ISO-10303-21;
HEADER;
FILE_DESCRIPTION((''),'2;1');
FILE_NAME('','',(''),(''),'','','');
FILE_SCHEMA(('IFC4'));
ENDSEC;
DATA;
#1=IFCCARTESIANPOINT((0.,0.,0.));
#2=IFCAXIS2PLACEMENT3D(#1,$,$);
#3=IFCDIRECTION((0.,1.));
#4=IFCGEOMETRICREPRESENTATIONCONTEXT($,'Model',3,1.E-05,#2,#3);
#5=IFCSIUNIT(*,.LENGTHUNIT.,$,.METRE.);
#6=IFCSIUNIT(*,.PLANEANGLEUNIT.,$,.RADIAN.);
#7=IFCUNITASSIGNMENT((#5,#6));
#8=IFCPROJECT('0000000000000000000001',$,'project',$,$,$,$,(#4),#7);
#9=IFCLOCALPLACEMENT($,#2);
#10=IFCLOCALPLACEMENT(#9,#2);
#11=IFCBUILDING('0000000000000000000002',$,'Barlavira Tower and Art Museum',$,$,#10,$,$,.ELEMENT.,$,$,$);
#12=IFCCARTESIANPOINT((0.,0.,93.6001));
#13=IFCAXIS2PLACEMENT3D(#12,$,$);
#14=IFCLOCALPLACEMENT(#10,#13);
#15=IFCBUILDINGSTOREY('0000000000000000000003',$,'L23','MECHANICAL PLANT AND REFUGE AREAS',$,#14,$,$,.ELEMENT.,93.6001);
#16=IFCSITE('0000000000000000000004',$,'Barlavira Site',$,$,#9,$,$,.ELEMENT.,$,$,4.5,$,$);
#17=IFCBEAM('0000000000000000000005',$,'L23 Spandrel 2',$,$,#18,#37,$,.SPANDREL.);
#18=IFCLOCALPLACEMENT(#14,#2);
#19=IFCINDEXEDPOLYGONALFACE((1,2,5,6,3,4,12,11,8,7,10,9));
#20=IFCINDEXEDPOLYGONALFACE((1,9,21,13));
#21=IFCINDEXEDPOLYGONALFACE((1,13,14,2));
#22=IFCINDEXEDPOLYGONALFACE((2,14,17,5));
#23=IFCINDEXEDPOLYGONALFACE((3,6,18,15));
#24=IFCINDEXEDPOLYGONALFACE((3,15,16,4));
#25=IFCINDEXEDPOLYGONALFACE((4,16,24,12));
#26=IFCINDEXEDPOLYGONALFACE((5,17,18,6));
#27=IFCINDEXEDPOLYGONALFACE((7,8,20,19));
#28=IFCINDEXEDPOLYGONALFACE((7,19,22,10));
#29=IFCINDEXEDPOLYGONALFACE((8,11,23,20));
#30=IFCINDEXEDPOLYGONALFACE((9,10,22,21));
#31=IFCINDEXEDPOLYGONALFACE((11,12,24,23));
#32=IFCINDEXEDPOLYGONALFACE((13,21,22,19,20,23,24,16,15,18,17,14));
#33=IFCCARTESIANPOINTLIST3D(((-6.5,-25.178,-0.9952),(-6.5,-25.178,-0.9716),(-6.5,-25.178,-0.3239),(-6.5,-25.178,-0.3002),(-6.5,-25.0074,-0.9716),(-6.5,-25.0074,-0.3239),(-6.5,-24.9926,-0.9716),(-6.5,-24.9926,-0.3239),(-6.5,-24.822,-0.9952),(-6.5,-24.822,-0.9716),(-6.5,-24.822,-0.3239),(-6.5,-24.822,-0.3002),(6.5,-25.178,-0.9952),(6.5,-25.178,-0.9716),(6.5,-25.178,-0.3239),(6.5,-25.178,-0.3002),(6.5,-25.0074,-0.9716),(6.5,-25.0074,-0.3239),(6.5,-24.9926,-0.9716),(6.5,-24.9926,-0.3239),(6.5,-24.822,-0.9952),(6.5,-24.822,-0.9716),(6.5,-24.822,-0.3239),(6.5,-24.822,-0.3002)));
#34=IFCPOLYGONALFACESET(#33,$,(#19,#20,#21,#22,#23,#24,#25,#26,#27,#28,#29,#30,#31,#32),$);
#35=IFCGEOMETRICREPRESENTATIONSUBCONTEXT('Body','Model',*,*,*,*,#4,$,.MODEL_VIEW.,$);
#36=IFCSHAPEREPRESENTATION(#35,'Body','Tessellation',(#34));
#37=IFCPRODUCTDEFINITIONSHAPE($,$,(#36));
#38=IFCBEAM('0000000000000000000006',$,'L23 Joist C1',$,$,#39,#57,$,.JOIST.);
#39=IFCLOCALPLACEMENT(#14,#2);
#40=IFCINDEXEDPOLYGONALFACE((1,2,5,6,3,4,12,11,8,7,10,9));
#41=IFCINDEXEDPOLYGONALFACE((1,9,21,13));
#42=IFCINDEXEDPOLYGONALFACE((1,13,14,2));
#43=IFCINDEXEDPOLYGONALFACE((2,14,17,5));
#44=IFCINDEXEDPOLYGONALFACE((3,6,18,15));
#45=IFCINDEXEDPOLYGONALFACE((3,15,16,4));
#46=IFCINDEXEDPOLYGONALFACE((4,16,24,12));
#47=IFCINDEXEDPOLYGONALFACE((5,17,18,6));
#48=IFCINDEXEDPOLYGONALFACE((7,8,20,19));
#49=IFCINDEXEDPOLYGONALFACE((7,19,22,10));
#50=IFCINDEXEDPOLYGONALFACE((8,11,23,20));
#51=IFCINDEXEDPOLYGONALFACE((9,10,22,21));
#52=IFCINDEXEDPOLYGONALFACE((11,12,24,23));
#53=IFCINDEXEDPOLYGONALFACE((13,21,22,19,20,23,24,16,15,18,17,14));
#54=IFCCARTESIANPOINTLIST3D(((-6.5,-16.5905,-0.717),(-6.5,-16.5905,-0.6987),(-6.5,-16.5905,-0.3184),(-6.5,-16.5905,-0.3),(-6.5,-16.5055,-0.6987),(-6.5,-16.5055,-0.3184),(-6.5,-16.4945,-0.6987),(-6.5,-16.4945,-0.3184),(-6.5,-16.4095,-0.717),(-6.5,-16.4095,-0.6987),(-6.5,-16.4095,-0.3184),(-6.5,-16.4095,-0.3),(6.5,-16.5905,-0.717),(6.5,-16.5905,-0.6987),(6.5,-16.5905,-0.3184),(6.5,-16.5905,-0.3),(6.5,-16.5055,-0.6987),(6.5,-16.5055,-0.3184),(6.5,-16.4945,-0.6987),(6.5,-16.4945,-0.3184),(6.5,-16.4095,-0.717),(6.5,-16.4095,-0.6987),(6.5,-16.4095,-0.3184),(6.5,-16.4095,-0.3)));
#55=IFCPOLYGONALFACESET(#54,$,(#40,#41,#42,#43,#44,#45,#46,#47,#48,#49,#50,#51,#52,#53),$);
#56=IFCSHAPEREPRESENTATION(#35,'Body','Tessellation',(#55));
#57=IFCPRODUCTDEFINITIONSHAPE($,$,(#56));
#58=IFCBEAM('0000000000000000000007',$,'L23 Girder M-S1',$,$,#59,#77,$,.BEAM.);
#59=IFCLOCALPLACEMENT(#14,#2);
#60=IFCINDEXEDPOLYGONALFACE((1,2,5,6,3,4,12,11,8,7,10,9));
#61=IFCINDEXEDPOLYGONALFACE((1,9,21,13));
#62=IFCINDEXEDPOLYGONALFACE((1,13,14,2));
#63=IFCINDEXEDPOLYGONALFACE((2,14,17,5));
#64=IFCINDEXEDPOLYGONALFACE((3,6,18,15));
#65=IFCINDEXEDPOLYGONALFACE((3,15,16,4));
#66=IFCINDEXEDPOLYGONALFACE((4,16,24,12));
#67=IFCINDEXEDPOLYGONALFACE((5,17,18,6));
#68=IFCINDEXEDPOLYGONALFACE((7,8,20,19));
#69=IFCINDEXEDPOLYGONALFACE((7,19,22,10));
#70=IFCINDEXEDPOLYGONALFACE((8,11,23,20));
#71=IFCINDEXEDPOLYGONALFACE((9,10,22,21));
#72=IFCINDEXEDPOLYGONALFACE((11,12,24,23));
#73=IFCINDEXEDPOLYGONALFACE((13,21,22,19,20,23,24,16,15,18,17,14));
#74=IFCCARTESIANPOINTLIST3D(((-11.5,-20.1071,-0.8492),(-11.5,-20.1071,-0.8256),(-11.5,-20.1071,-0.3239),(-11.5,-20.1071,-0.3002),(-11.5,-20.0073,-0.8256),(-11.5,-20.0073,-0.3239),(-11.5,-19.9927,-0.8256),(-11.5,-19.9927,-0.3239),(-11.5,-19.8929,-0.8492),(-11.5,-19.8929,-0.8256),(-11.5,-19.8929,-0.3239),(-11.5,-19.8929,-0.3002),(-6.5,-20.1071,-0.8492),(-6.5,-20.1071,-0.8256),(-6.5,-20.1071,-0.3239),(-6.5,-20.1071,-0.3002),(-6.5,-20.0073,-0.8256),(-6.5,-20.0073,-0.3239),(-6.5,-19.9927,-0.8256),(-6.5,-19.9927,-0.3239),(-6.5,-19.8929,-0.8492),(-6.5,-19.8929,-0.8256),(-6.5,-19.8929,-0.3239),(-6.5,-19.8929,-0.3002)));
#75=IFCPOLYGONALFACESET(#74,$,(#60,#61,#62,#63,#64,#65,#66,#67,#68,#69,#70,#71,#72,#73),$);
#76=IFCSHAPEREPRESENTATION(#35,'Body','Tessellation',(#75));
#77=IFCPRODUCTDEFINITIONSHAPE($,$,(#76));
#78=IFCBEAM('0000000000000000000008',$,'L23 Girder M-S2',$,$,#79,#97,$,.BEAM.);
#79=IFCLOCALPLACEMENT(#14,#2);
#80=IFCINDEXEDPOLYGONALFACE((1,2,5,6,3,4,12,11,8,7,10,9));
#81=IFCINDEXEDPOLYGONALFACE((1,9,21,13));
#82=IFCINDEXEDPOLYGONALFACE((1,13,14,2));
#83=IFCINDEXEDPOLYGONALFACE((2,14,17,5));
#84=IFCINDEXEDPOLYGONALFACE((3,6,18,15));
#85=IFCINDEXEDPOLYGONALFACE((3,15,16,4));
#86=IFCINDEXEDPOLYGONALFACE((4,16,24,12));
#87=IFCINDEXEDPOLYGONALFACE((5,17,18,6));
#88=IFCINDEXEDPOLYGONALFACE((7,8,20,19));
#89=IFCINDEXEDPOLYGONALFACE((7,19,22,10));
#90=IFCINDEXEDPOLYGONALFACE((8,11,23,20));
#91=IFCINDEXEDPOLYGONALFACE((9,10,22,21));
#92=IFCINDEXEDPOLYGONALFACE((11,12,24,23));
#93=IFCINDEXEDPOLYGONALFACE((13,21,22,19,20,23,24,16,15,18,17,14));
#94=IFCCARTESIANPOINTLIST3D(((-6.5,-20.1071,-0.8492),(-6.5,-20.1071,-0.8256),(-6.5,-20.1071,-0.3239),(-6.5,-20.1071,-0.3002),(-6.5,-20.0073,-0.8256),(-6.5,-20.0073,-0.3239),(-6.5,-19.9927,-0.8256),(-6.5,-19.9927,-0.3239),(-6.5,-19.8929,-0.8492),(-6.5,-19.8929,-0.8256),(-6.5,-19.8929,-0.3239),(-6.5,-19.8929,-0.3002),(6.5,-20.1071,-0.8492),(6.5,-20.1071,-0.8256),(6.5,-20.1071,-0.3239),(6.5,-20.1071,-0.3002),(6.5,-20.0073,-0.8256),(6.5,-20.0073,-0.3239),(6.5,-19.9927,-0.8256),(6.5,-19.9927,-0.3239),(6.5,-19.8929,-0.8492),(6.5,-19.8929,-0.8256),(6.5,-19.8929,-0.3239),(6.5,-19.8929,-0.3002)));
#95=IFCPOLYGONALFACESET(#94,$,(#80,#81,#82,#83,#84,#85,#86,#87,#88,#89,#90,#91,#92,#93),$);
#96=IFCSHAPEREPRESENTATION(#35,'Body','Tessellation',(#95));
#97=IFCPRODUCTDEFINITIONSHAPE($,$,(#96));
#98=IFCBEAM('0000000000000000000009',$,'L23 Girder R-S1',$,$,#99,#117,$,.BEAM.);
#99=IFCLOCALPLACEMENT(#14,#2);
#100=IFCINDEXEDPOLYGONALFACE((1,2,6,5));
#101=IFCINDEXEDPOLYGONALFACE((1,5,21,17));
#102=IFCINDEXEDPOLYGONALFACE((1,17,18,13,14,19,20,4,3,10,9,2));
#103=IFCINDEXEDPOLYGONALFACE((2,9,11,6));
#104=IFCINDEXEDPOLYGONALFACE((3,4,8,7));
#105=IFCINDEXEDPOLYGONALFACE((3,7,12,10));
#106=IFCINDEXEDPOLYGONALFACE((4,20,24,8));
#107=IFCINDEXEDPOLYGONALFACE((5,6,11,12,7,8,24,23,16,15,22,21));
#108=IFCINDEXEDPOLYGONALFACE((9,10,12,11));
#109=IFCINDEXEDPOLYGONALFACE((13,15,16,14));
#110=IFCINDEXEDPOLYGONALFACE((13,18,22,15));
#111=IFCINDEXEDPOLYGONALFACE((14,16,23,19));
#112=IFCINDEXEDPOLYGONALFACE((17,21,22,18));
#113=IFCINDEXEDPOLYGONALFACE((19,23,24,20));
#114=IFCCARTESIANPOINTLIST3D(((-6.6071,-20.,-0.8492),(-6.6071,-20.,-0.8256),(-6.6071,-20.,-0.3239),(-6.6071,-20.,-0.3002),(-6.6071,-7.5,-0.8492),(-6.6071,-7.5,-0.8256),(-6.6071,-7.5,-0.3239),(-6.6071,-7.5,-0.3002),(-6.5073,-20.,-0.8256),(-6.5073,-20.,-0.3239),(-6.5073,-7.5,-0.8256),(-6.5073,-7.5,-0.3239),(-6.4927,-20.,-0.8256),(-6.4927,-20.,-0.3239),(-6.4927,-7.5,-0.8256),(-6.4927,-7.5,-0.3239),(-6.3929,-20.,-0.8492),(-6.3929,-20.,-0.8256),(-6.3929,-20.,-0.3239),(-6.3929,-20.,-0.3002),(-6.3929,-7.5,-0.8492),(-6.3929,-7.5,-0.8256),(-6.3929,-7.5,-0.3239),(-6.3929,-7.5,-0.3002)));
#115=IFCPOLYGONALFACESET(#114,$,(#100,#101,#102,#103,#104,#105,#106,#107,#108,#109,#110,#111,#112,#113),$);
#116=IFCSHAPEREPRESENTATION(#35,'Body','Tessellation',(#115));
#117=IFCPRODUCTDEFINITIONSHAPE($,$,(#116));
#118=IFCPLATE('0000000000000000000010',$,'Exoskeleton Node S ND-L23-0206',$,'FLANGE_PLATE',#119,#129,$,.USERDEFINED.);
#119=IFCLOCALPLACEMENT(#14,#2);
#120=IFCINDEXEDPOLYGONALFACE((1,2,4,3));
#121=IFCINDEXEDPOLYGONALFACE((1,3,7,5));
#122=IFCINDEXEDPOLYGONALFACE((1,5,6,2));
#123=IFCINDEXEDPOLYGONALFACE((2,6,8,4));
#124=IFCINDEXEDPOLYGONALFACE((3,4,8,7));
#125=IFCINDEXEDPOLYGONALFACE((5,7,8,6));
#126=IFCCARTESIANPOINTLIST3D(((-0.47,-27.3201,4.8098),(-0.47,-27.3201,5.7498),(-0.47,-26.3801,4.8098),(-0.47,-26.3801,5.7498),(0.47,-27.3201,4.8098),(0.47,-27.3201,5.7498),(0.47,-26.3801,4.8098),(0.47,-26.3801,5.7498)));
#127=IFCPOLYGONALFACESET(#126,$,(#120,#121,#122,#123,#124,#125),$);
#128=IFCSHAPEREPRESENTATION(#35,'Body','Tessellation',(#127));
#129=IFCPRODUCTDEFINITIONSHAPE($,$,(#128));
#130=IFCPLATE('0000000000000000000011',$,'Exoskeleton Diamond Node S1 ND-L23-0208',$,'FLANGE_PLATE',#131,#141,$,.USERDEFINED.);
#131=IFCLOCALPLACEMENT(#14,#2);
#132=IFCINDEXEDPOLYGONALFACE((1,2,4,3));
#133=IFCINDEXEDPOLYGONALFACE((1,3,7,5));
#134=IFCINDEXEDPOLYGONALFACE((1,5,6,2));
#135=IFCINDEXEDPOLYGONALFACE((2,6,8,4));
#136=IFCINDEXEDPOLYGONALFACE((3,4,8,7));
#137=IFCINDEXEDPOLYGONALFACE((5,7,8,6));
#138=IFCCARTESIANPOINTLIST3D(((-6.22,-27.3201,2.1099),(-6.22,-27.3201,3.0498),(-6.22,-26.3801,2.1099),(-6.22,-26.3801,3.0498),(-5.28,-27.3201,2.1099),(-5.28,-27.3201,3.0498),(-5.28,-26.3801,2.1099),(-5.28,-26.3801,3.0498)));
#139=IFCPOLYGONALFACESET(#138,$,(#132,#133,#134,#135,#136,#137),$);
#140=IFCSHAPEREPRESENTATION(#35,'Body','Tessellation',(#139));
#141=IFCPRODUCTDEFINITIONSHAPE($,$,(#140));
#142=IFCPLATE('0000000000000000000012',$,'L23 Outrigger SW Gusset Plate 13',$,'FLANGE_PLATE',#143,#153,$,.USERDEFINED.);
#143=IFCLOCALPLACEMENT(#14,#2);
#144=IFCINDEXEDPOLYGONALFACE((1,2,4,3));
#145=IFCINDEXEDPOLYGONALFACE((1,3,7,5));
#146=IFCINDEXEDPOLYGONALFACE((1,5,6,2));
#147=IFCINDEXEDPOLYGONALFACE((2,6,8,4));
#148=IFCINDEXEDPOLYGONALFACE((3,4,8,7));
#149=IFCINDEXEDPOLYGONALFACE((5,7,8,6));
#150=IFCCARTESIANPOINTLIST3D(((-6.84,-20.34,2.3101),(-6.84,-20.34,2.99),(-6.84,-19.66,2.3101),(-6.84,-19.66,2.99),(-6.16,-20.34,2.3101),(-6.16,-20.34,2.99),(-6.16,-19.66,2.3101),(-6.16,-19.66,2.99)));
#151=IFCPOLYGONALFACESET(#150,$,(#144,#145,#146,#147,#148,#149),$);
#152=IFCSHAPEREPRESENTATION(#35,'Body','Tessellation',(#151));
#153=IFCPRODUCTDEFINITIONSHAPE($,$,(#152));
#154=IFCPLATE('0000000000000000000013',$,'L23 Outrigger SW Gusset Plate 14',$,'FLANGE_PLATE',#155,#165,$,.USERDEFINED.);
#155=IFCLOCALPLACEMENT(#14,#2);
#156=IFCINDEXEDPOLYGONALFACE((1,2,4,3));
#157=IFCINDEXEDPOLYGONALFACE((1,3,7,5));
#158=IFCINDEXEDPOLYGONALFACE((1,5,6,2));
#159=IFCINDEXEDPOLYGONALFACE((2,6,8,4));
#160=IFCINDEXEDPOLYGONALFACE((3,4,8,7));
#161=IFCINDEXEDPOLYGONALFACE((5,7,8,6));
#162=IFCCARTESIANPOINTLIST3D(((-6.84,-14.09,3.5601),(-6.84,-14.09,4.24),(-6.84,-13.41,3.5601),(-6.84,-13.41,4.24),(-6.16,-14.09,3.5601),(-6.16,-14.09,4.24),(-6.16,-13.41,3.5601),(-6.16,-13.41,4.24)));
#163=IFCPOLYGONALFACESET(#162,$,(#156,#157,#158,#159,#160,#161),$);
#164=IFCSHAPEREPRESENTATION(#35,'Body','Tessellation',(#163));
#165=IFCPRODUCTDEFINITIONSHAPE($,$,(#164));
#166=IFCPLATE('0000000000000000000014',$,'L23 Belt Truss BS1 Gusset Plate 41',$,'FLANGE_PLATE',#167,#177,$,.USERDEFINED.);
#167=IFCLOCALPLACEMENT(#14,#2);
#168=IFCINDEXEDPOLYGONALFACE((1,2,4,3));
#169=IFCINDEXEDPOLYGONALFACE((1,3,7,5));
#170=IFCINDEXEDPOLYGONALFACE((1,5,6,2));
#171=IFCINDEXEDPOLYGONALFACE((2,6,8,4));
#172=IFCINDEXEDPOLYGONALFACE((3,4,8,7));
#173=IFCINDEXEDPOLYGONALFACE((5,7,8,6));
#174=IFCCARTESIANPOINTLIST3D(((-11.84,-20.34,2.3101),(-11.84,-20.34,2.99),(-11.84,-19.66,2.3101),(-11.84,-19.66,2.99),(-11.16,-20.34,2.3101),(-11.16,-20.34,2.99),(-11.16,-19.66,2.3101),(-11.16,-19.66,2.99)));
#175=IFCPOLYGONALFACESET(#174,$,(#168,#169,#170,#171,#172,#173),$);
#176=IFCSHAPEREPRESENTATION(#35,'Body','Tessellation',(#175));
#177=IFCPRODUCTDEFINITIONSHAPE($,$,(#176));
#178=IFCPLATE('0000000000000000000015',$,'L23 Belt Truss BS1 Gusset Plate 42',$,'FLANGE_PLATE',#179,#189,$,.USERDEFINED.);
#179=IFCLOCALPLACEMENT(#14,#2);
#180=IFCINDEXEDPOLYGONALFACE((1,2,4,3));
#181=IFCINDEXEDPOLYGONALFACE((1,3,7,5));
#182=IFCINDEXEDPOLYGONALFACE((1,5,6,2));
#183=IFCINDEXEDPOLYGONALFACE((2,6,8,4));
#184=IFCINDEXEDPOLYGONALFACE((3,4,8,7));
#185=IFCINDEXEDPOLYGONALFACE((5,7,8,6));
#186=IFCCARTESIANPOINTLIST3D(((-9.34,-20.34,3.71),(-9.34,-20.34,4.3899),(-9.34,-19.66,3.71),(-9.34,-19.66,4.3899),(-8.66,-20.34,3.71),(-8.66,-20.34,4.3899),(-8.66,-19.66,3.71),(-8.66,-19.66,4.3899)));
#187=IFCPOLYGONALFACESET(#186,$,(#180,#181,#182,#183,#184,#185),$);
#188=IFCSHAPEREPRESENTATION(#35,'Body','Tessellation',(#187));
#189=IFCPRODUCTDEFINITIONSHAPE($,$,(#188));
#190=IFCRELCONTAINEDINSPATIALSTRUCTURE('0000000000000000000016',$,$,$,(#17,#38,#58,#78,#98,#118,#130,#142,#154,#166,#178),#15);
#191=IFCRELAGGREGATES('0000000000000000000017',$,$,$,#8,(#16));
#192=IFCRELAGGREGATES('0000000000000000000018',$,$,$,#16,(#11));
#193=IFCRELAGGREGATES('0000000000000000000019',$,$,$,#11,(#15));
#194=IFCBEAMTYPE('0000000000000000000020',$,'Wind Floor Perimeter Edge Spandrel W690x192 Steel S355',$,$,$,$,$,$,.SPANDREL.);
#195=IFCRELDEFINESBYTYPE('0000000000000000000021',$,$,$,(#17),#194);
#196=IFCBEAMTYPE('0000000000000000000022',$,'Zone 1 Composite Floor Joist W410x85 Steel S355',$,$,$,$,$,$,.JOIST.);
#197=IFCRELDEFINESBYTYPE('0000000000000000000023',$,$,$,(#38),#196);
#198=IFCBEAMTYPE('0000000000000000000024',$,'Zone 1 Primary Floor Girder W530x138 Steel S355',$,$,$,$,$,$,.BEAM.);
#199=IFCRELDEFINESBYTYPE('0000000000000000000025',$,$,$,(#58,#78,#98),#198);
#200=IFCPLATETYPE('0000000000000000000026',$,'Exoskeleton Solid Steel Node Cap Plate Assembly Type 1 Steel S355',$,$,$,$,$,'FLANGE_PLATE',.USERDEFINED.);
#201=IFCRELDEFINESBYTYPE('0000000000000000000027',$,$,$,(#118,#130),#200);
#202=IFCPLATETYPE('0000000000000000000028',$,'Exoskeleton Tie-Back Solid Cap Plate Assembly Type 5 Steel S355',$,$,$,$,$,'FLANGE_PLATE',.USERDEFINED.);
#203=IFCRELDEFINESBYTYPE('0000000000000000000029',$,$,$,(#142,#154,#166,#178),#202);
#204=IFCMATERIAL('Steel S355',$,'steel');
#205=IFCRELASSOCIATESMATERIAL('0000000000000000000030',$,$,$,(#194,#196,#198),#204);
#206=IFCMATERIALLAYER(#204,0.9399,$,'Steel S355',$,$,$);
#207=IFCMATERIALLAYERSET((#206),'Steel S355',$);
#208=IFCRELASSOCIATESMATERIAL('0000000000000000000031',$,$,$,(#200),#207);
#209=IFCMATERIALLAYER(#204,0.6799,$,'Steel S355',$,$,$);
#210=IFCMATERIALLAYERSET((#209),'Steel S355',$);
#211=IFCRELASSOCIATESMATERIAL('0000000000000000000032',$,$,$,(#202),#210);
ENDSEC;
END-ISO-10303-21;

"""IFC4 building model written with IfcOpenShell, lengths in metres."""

from ifc_helpers import new_model, si_unit, direction, frame, origin, origin_2d, place, context, subcontext, project, spatial, rectangle, i_section, extrude, material, layer, layer_set, material_profile, profile_set, type_object, element, save


model = new_model("IFC4")

# Units and contexts
model_context = context("Model", 3, precision=1e-05, world=origin(), true_north=direction((0.0, 1.0)))
body_context = subcontext(model_context, "Body", "Model", "MODEL_VIEW")
ifc_project = project(units=[si_unit("LENGTHUNIT", "METRE"), si_unit("PLANEANGLEUNIT", "RADIAN")], contexts=[model_context])

# Site, building, storey
site_placement = place(None, origin())
site = spatial("IfcSite", under=ifc_project, at=site_placement, Name="Barlavira Site", CompositionType="ELEMENT", RefElevation=4.5)
building_placement = place(site_placement, origin())
building = spatial("IfcBuilding", under=site, at=building_placement, Name="Barlavira Tower and Art Museum", CompositionType="ELEMENT")
storey_placement = place(building_placement, frame((0.0, 0.0, 93.6001)))
storey = spatial("IfcBuildingStorey", under=building, at=storey_placement, Name="L23", Description="MECHANICAL PLANT AND REFUGE AREAS", CompositionType="ELEMENT", Elevation=93.6001)

# Shared definitions
ifc_material_1 = material(Name="Steel S355", Category="steel")

# Beams
ifc_material_profile_1 = material_profile(ifc_material_1, i_section(OverallWidth=0.356, OverallDepth=0.6951, WebThickness=0.0149, FlangeThickness=0.0237, at=origin_2d()), Name="W690x192.0")
ifc_profile_set_1 = profile_set([ifc_material_profile_1], Name="Steel S355")
beam_type_1 = type_object("IfcBeamType", Name="Wind Floor Perimeter Edge Spandrel W690x192 Steel S355", PredefinedType="SPANDREL", material=ifc_profile_set_1)
beam_1_placement = place(storey_placement, frame((-6.5, -25.0, -0.6477), z_axis=(1.0, 0.0, 0.0), x_axis=(0.0, 1.0, 0.0)))
element("IfcBeam", 1, at=beam_1_placement, inside=storey, type_object=beam_type_1, Name="L23 Spandrel 2", PredefinedType="SPANDREL", context=body_context, shape_type="SweptSolid", body=[
    extrude(i_section(OverallWidth=0.356, OverallDepth=0.6951, WebThickness=0.0149, FlangeThickness=0.0237, at=origin_2d()), origin(), (0.0, 0.0, 1.0), 13.0),
])
ifc_material_profile_2 = material_profile(ifc_material_1, i_section(OverallWidth=0.1809, OverallDepth=0.417, WebThickness=0.011, FlangeThickness=0.0183, at=origin_2d()), Name="W410x85.0")
ifc_profile_set_2 = profile_set([ifc_material_profile_2], Name="Steel S355")
beam_type_2 = type_object("IfcBeamType", Name="Zone 1 Composite Floor Joist W410x85 Steel S355", PredefinedType="JOIST", material=ifc_profile_set_2)
beam_2_placement = place(storey_placement, frame((-6.5, -16.5, -0.5085), z_axis=(1.0, 0.0, 0.0), x_axis=(0.0, 1.0, 0.0)))
element("IfcBeam", 2, at=beam_2_placement, inside=storey, type_object=beam_type_2, Name="L23 Joist C1", PredefinedType="JOIST", context=body_context, shape_type="SweptSolid", body=[
    extrude(i_section(OverallWidth=0.1809, OverallDepth=0.417, WebThickness=0.011, FlangeThickness=0.0183, at=origin_2d()), origin(), (0.0, 0.0, 1.0), 13.0),
])
ifc_material_profile_3 = material_profile(ifc_material_1, i_section(OverallWidth=0.2141, OverallDepth=0.5491, WebThickness=0.0146, FlangeThickness=0.0237, at=origin_2d()), Name="W530x138.0")
ifc_profile_set_3 = profile_set([ifc_material_profile_3], Name="Steel S355")
beam_type_3 = type_object("IfcBeamType", Name="Zone 1 Primary Floor Girder W530x138 Steel S355", PredefinedType="BEAM", material=ifc_profile_set_3)
beam_3_placement = place(storey_placement, frame((-11.5, -20.0, -0.5747), z_axis=(1.0, 0.0, 0.0), x_axis=(0.0, 1.0, 0.0)))
element("IfcBeam", 3, at=beam_3_placement, inside=storey, type_object=beam_type_3, Name="L23 Girder M-S1", PredefinedType="BEAM", context=body_context, shape_type="SweptSolid", body=[
    extrude(i_section(OverallWidth=0.2141, OverallDepth=0.5491, WebThickness=0.0146, FlangeThickness=0.0237, at=origin_2d()), origin(), (0.0, 0.0, 1.0), 5.0),
])
beam_4_placement = place(storey_placement, frame((-6.5, -20.0, -0.5747), z_axis=(1.0, 0.0, 0.0), x_axis=(0.0, 1.0, 0.0)))
element("IfcBeam", 4, at=beam_4_placement, inside=storey, type_object=beam_type_3, Name="L23 Girder M-S2", PredefinedType="BEAM", context=body_context, shape_type="SweptSolid", body=[
    extrude(i_section(OverallWidth=0.2141, OverallDepth=0.5491, WebThickness=0.0146, FlangeThickness=0.0237, at=origin_2d()), origin(), (0.0, 0.0, 1.0), 13.0),
])
beam_5_placement = place(storey_placement, frame((-6.5, -20.0, -0.5747), z_axis=(0.0, 1.0, 0.0), x_axis=(-1.0, 0.0, 0.0)))
element("IfcBeam", 5, at=beam_5_placement, inside=storey, type_object=beam_type_3, Name="L23 Girder R-S1", PredefinedType="BEAM", context=body_context, shape_type="SweptSolid", body=[
    extrude(i_section(OverallWidth=0.2141, OverallDepth=0.5491, WebThickness=0.0146, FlangeThickness=0.0237, at=origin_2d()), origin(), (0.0, 0.0, 1.0), 12.5),
])

# Plates
ifc_layer_1 = layer(ifc_material_1, 0.9399, Name="Steel S355")
ifc_layer_set_1 = layer_set([ifc_layer_1], Name="Steel S355")
plate_type_1 = type_object("IfcPlateType", Name="Exoskeleton Solid Steel Node Cap Plate Assembly Type 1 Steel S355", ElementType="FLANGE_PLATE", PredefinedType="USERDEFINED", material=ifc_layer_set_1)
for number, where, z_axis, x_axis, name in (
    (6, (0.0, -26.8501, 4.8098), (0.0, 0.0, 1.0), (1.0, 0.0, 0.0), "Exoskeleton Node S ND-L23-0206"),
    (7, (-5.75, -26.8501, 2.1099), (0.0, 0.0, 1.0), (1.0, 0.0, 0.0), "Exoskeleton Diamond Node S1 ND-L23-0208"),
):
    element("IfcPlate", number, at=place(storey_placement, frame(where, z_axis=z_axis, x_axis=x_axis)), inside=storey, type_object=plate_type_1, Name=name, ObjectType="FLANGE_PLATE", PredefinedType="USERDEFINED", context=body_context, shape_type="SweptSolid", body=[
        extrude(rectangle(XDim=0.9399, YDim=0.9399, at=origin_2d()), origin(), (0.0, 0.0, 1.0), 0.9399),
    ])
ifc_layer_2 = layer(ifc_material_1, 0.6799, Name="Steel S355")
ifc_layer_set_2 = layer_set([ifc_layer_2], Name="Steel S355")
plate_type_2 = type_object("IfcPlateType", Name="Exoskeleton Tie-Back Solid Cap Plate Assembly Type 5 Steel S355", ElementType="FLANGE_PLATE", PredefinedType="USERDEFINED", material=ifc_layer_set_2)
for number, where, z_axis, x_axis, name in (
    (8, (-6.5, -20.0, 2.3101), (0.0, 0.0, 1.0), (1.0, 0.0, 0.0), "L23 Outrigger SW Gusset Plate 13"),
    (9, (-6.5, -13.75, 3.5601), (0.0, 0.0, 1.0), (1.0, 0.0, 0.0), "L23 Outrigger SW Gusset Plate 14"),
    (10, (-11.5, -20.0, 2.3101), (0.0, 0.0, 1.0), (1.0, 0.0, 0.0), "L23 Belt Truss BS1 Gusset Plate 41"),
    (11, (-9.0, -20.0, 3.71), (0.0, 0.0, 1.0), (1.0, 0.0, 0.0), "L23 Belt Truss BS1 Gusset Plate 42"),
):
    element("IfcPlate", number, at=place(storey_placement, frame(where, z_axis=z_axis, x_axis=x_axis)), inside=storey, type_object=plate_type_2, Name=name, ObjectType="FLANGE_PLATE", PredefinedType="USERDEFINED", context=body_context, shape_type="SweptSolid", body=[
        extrude(rectangle(XDim=0.6799, YDim=0.6799, at=origin_2d()), origin(), (0.0, 0.0, 1.0), 0.6799),
    ])

save(model, "model.ifc")
